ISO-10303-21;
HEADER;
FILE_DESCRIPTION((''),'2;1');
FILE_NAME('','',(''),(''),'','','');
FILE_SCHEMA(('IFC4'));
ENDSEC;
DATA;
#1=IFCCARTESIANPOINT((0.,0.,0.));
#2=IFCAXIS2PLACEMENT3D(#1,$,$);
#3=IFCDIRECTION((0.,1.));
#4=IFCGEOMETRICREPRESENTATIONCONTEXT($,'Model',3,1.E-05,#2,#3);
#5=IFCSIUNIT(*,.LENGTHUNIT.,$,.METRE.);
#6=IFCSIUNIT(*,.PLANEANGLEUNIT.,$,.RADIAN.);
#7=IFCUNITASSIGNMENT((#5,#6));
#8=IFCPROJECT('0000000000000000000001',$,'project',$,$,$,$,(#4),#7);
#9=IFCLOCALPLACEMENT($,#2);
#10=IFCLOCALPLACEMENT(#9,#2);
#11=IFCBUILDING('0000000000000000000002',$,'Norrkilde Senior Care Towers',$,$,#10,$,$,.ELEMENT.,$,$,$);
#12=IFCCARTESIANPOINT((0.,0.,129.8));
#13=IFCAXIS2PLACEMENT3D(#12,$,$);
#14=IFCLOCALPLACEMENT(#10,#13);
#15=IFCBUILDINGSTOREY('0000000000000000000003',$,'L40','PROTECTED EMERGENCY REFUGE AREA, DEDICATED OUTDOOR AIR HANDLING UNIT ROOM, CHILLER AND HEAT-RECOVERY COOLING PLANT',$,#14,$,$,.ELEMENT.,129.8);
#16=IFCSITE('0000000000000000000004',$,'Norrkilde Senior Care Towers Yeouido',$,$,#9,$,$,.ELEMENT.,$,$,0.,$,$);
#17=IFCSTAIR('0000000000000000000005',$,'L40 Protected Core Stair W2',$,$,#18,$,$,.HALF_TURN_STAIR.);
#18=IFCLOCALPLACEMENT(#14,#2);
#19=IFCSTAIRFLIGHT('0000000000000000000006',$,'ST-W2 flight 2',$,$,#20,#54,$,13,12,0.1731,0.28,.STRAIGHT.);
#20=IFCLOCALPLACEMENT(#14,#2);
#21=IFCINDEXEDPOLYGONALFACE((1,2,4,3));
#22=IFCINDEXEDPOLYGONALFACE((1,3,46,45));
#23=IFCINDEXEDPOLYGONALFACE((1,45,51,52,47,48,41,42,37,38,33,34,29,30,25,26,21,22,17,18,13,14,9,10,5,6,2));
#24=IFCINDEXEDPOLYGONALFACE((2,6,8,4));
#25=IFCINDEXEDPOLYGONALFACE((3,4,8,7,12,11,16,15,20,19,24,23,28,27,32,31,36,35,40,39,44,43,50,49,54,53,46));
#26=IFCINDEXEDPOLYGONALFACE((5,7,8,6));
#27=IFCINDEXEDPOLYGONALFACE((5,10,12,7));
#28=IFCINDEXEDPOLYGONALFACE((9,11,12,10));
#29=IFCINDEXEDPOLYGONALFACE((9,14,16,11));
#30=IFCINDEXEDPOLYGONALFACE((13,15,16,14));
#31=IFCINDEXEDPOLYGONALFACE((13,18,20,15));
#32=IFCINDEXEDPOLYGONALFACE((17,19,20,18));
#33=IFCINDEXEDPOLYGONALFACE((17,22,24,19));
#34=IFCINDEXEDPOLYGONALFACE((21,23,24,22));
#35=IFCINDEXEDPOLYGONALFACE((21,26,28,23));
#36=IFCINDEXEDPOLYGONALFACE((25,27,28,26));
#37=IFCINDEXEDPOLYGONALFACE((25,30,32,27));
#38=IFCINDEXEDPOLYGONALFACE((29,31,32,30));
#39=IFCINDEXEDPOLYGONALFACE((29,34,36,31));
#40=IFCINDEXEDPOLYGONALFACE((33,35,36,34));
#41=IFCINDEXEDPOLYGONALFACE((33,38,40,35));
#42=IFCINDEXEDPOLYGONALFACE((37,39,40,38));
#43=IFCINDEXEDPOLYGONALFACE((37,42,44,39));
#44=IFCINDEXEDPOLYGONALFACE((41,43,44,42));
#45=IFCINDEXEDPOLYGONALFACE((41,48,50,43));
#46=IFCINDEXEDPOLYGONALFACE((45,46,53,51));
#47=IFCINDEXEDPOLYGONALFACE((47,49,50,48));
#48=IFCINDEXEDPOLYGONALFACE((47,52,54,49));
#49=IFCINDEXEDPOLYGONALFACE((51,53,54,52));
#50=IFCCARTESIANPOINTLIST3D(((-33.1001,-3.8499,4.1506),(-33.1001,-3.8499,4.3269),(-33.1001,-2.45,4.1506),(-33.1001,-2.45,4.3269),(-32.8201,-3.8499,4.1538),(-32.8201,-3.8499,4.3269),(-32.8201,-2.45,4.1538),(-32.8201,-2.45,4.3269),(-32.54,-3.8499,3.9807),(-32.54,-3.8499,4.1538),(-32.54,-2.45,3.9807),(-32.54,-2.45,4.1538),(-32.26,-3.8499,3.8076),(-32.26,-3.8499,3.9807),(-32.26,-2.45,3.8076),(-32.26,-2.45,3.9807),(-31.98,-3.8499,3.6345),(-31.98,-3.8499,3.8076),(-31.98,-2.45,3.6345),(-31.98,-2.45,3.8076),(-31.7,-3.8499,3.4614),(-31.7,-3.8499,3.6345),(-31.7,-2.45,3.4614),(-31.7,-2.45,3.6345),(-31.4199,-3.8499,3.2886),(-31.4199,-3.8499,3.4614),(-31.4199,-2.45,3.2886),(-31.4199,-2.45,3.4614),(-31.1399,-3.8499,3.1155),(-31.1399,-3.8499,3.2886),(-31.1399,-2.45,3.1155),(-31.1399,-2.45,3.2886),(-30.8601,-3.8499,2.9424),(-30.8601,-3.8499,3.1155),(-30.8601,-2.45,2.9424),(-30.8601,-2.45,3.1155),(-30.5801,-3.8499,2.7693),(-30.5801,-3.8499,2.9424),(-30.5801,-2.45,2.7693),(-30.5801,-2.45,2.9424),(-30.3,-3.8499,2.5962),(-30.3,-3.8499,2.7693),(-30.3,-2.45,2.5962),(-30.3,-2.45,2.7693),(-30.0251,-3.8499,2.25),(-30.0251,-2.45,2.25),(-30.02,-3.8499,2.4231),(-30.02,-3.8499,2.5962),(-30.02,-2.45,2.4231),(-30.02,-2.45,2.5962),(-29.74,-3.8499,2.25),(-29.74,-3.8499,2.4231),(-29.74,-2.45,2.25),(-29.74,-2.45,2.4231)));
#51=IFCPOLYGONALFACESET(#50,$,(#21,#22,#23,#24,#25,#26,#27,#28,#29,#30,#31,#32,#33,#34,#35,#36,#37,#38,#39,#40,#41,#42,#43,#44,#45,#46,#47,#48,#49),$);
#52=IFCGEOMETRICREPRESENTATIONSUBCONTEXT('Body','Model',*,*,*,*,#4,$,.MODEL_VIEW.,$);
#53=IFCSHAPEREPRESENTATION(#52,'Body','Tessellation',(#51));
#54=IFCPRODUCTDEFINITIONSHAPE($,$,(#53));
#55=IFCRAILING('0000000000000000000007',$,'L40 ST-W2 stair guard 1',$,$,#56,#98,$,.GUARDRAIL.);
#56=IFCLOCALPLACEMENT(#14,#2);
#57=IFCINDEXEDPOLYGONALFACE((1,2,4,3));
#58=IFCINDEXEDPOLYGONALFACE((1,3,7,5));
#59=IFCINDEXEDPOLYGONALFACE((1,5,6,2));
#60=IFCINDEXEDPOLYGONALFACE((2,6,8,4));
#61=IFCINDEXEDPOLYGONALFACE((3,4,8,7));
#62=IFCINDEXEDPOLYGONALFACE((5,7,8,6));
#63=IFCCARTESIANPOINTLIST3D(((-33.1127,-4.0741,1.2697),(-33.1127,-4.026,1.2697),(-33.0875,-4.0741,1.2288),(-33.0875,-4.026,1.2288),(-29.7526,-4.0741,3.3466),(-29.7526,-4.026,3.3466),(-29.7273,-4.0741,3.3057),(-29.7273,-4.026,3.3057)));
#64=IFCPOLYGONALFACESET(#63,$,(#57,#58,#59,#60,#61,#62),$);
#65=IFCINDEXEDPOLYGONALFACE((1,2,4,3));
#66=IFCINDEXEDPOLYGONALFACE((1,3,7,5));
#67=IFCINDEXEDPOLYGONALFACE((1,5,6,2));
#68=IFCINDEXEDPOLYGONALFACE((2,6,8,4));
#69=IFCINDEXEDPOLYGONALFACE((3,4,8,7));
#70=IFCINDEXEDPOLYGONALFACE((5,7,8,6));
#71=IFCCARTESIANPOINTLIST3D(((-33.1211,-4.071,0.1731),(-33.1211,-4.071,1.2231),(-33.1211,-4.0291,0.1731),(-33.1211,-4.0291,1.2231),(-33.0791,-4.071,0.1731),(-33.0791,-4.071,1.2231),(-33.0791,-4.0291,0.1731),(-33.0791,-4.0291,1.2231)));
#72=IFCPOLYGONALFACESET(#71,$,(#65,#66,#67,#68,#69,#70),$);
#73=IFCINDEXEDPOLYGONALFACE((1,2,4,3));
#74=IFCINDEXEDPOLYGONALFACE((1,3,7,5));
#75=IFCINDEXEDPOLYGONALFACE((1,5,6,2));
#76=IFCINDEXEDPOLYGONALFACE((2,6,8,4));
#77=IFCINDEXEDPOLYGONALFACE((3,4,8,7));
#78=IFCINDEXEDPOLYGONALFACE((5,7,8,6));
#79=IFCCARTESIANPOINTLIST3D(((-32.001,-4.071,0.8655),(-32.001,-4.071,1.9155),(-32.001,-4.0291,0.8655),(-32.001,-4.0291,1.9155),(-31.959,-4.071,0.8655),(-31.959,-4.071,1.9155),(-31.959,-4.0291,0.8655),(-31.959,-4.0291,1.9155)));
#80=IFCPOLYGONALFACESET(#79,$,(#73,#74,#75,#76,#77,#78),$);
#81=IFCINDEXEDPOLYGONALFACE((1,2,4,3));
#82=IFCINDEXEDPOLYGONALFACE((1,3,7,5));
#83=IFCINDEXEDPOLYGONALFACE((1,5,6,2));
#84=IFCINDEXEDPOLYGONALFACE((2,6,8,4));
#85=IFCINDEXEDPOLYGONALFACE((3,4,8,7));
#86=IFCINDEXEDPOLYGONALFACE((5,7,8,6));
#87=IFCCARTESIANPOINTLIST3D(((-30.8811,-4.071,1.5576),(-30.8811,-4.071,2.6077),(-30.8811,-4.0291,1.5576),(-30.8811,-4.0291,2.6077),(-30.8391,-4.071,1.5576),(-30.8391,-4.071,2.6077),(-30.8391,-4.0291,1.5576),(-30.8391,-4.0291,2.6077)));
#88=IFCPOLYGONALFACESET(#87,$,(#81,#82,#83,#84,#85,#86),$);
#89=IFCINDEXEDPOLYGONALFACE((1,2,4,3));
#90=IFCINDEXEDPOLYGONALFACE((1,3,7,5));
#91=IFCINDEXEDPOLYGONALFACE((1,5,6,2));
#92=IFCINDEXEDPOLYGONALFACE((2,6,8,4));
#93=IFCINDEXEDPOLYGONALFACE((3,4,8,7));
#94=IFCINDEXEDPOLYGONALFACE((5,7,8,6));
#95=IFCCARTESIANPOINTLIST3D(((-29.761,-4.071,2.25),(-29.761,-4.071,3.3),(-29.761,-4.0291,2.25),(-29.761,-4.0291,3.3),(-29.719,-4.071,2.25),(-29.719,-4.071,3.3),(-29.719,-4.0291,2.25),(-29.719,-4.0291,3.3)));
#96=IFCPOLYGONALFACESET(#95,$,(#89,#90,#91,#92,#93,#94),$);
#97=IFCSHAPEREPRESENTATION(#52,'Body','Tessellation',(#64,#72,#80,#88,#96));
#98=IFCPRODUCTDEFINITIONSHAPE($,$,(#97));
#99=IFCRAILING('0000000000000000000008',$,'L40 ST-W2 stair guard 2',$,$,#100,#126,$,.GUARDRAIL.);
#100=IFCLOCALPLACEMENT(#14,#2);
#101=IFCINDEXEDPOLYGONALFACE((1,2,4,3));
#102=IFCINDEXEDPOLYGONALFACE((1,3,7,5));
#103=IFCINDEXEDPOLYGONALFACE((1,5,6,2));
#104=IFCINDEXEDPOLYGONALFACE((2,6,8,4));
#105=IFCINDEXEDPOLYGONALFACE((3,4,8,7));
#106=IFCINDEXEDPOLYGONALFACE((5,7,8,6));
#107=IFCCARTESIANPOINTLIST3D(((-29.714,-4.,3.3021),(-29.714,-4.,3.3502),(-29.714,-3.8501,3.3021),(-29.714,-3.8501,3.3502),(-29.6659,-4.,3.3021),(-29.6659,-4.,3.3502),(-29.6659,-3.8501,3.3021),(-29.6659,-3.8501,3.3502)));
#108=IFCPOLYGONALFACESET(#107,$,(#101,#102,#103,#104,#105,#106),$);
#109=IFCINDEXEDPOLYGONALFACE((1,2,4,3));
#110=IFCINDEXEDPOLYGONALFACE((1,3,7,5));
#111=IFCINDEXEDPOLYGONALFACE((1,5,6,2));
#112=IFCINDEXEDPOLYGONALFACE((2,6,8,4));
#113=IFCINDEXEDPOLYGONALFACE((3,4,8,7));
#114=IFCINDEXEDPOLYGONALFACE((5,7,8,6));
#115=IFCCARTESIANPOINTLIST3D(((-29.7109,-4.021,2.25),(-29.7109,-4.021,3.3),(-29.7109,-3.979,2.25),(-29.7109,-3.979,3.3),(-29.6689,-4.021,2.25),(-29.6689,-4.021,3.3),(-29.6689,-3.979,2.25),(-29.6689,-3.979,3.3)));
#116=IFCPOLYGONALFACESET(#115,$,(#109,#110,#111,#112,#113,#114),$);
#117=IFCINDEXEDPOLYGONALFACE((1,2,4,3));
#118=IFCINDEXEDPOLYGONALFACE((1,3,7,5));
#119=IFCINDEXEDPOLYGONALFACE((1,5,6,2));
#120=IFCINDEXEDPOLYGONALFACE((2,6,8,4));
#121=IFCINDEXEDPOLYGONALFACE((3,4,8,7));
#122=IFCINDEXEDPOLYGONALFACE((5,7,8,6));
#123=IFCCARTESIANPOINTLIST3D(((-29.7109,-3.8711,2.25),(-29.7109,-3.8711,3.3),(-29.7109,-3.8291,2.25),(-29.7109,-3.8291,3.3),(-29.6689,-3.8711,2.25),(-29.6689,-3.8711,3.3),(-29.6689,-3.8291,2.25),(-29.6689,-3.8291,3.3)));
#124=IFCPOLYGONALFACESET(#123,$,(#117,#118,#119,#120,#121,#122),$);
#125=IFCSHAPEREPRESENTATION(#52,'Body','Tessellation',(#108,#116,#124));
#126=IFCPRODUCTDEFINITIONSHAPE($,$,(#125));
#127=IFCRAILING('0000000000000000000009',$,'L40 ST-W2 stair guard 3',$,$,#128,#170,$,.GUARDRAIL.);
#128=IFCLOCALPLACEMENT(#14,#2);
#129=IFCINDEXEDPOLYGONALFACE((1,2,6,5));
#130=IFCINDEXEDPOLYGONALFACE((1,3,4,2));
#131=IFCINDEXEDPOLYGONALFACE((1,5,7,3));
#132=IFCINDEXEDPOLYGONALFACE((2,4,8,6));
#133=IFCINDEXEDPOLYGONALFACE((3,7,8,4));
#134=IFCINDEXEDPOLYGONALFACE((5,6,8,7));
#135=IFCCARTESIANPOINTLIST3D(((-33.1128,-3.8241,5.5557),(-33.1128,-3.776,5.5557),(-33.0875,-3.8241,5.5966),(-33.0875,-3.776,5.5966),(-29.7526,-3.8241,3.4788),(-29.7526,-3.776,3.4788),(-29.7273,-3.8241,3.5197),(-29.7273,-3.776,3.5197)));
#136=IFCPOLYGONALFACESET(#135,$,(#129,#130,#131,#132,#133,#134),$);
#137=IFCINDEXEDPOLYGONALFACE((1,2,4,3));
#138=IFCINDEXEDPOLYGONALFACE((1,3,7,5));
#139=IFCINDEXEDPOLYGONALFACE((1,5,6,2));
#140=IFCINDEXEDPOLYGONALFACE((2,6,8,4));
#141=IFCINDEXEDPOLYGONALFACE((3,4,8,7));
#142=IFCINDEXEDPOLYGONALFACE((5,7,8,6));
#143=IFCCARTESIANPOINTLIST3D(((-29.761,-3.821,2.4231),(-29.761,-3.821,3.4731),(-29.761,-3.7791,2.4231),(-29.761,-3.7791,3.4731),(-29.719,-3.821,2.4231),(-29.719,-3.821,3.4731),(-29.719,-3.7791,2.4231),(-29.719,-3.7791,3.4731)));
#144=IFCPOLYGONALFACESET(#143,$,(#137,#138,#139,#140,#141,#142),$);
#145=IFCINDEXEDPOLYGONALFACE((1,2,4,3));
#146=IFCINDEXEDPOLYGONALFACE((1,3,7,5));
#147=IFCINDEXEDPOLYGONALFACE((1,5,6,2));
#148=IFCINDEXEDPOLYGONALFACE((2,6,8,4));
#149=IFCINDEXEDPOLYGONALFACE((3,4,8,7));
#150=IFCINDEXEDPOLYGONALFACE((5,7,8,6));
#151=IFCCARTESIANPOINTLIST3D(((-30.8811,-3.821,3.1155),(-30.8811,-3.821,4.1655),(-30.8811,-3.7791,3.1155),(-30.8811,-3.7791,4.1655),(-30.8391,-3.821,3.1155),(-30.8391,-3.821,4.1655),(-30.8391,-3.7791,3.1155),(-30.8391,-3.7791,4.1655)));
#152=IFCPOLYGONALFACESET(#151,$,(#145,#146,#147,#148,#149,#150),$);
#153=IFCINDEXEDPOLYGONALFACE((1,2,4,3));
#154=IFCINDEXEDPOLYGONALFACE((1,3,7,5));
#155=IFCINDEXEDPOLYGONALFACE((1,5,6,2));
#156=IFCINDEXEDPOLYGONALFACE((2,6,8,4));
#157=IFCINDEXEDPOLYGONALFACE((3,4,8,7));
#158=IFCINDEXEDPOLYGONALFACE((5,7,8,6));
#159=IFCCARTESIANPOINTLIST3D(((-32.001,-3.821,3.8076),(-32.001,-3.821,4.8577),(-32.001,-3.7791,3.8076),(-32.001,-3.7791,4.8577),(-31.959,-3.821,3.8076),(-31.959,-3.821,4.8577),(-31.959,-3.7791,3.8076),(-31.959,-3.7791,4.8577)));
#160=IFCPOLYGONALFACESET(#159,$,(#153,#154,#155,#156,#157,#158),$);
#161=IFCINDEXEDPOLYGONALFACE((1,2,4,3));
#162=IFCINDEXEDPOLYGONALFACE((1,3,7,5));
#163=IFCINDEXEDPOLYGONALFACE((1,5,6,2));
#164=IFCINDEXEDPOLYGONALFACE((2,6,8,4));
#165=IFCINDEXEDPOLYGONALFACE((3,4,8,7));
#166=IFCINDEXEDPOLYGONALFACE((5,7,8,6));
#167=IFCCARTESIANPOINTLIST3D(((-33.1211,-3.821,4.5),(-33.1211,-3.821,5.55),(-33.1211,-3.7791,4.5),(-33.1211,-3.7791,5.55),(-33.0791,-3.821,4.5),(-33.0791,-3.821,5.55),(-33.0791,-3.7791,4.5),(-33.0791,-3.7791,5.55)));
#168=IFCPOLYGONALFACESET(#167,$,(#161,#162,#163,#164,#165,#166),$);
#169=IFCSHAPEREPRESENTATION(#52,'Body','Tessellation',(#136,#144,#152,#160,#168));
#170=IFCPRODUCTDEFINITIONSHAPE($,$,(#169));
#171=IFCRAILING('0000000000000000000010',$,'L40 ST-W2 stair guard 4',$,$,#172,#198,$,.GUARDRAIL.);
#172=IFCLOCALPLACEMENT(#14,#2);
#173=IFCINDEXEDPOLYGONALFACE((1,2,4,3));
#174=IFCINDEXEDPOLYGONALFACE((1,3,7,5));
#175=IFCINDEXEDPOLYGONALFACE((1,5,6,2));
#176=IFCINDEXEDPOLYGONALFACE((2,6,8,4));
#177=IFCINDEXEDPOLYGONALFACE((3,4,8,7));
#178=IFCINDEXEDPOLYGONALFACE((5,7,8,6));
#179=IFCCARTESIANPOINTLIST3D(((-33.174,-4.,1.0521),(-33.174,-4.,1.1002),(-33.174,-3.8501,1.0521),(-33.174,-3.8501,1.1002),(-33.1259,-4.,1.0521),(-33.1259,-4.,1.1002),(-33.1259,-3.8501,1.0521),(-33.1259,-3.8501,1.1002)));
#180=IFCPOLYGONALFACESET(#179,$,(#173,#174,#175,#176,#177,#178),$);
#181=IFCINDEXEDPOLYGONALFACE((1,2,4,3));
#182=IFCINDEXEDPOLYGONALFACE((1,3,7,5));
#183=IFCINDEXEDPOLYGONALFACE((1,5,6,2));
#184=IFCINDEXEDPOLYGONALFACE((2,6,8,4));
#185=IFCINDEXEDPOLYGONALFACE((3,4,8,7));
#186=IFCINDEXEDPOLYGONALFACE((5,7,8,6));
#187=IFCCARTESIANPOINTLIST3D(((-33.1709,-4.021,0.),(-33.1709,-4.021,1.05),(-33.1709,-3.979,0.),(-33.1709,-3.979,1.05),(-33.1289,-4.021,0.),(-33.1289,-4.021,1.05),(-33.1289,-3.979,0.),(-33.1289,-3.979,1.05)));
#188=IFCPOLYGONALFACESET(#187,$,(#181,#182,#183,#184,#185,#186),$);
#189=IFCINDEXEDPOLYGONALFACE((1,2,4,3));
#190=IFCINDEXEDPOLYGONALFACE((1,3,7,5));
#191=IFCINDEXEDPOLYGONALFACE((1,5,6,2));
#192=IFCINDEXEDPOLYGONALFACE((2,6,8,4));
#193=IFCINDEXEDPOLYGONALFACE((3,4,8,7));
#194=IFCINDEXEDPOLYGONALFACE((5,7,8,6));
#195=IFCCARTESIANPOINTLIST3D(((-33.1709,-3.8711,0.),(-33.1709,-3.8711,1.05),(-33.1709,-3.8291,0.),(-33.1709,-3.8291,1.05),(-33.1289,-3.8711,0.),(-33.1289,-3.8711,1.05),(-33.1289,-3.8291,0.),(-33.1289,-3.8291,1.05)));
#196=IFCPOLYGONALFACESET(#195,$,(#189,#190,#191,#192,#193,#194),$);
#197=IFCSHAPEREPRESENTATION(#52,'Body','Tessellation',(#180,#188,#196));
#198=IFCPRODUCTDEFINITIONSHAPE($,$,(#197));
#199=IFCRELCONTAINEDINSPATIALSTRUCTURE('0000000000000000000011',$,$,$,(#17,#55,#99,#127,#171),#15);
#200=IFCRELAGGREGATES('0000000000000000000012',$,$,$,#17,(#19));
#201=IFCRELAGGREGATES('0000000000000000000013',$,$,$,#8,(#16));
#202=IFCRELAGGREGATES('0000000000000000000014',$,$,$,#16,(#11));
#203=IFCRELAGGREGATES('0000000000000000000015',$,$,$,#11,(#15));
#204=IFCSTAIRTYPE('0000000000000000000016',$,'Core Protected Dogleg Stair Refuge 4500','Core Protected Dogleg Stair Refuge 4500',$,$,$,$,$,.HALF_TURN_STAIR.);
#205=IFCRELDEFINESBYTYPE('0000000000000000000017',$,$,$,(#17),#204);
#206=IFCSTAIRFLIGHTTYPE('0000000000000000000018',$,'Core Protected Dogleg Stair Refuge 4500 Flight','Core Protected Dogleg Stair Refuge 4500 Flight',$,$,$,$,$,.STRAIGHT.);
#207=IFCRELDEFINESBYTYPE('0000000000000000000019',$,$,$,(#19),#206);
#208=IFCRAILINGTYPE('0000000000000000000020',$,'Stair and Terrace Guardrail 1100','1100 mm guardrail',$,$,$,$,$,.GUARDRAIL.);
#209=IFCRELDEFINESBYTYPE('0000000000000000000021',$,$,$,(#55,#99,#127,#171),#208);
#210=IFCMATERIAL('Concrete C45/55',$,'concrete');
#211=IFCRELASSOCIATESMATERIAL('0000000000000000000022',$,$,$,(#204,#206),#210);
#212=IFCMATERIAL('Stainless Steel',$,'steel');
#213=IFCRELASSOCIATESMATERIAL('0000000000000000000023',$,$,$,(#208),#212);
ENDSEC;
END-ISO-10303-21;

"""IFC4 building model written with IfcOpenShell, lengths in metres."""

from ifc_helpers import new_model, si_unit, direction, frame, origin, origin_2d, place, context, subcontext, project, spatial, polyline, rectangle, outline, extrude, material, type_object, element, aggregate, save


model = new_model("IFC4")

# Units and contexts
model_context = context("Model", 3, precision=1e-05, world=origin(), true_north=direction((0.0, 1.0)))
body_context = subcontext(model_context, "Body", "Model", "MODEL_VIEW")
ifc_project = project(units=[si_unit("LENGTHUNIT", "METRE"), si_unit("PLANEANGLEUNIT", "RADIAN")], contexts=[model_context])

# Site, building, storey
site_placement = place(None, origin())
site = spatial("IfcSite", under=ifc_project, at=site_placement, Name="Norrkilde Senior Care Towers Yeouido", CompositionType="ELEMENT", RefElevation=0.0)
building_placement = place(site_placement, origin())
building = spatial("IfcBuilding", under=site, at=building_placement, Name="Norrkilde Senior Care Towers", CompositionType="ELEMENT")
storey_placement = place(building_placement, frame((0.0, 0.0, 129.8)))
storey = spatial("IfcBuildingStorey", under=building, at=storey_placement, Name="L40", Description="PROTECTED EMERGENCY REFUGE AREA, DEDICATED OUTDOOR AIR HANDLING UNIT ROOM, CHILLER AND HEAT-RECOVERY COOLING PLANT", CompositionType="ELEMENT", Elevation=129.8)

# Shared definitions
ifc_material_1 = material(Name="Concrete C45/55", Category="concrete")

# Stair, stair flight
stair_type = type_object("IfcStairType", Name="Core Protected Dogleg Stair Refuge 4500", Description="Core Protected Dogleg Stair Refuge 4500", PredefinedType="HALF_TURN_STAIR", material=ifc_material_1)
stair_placement = place(storey_placement, origin())
stair = element("IfcStair", 1, at=stair_placement, inside=storey, type_object=stair_type, Name="L40 Protected Core Stair W2", PredefinedType="HALF_TURN_STAIR")
stair_flight_type = type_object("IfcStairFlightType", Name="Core Protected Dogleg Stair Refuge 4500 Flight", Description="Core Protected Dogleg Stair Refuge 4500 Flight", PredefinedType="STRAIGHT", material=ifc_material_1)
stair_flight_1_placement = place(storey_placement, frame((-29.74, -3.1499, 2.25), z_axis=(0.0, 0.0, 1.0), x_axis=(-1.0, 0.0, 0.0)))
stair_flight_1 = element("IfcStairFlight", 2, at=stair_flight_1_placement, type_object=stair_flight_type, Name="ST-W2 flight 2", NumberOfRisers=13, NumberOfTreads=12, PredefinedType="STRAIGHT", RiserHeight=0.1731, TreadLength=0.28, context=body_context, shape_type="SweptSolid", body=[
    extrude(outline(polyline([(0.0, 0.0), (0.0, 0.1731), (0.28, 0.1731), (0.28, 0.3462), (0.5601, 0.3462), (0.5601, 0.5193), (0.8401, 0.5193), (0.8401, 0.6924), (1.1201, 0.6924), (1.1201, 0.8655), (1.3999, 0.8655), (1.3999, 1.0386), (1.6799, 1.0386), (1.6799, 1.2114), (1.96, 1.2114), (1.96, 1.3845), (2.24, 1.3845), (2.24, 1.5576), (2.52, 1.5576), (2.52, 1.7307), (2.8, 1.7307), (2.8, 1.9038), (3.0801, 1.9038), (3.0801, 2.0769), (3.3601, 2.0769), (3.3601, 2.25), (3.3601, 1.9006), (0.2852, 0.0), (0.0, 0.0)])), frame((0.0, 0.7, 0.0), z_axis=(0.0, -1.0, 0.0), x_axis=(1.0, 0.0, 0.0)), (0.0, 0.0, 1.0), 1.3999),
])
aggregate(stair, [stair_flight_1])

# Railings
ifc_material_2 = material(Name="Stainless Steel", Category="steel")
railing_type_1 = type_object("IfcRailingType", Name="Stair and Terrace Guardrail 1100", Description="1100 mm guardrail", PredefinedType="GUARDRAIL", material=ifc_material_2)
railing_1_placement = place(storey_placement, frame((-33.1001, -4.05, 0.1731)))
element("IfcRailing", 3, at=railing_1_placement, inside=storey, type_object=railing_type_1, Name="L40 ST-W2 stair guard 1", PredefinedType="GUARDRAIL", context=body_context, shape_type="SweptSolid", body=[
    extrude(rectangle(XDim=0.0481, YDim=0.0481, at=origin_2d()), frame((0.0, 0.0, 1.0762), z_axis=(0.850623, 0.0, 0.525776), x_axis=(0.0, 1.0, 0.0)), (0.0, 0.0, 1.0), 3.9502),
    extrude(rectangle(XDim=0.042, YDim=0.042, at=origin_2d()), origin(), (0.0, 0.0, 1.0), 1.05),
    extrude(rectangle(XDim=0.042, YDim=0.042, at=origin_2d()), frame((1.1201, 0.0, 0.6924)), (0.0, 0.0, 1.0), 1.05),
    extrude(rectangle(XDim=0.042, YDim=0.042, at=origin_2d()), frame((2.24, 0.0, 1.3845)), (0.0, 0.0, 1.0), 1.05),
    extrude(rectangle(XDim=0.042, YDim=0.042, at=origin_2d()), frame((3.3601, 0.0, 2.0769)), (0.0, 0.0, 1.0), 1.05),
])
railing_2_placement = place(storey_placement, frame((-29.6899, -4.0, 2.25)))
element("IfcRailing", 4, at=railing_2_placement, inside=storey, type_object=railing_type_1, Name="L40 ST-W2 stair guard 2", PredefinedType="GUARDRAIL", context=body_context, shape_type="SweptSolid", body=[
    extrude(rectangle(XDim=0.0481, YDim=0.0481, at=origin_2d()), frame((0.0, 0.0, 1.0762), z_axis=(0.0, 1.0, 0.0), x_axis=(-1.0, 0.0, 0.0)), (0.0, 0.0, 1.0), 0.1499),
    extrude(rectangle(XDim=0.042, YDim=0.042, at=origin_2d()), origin(), (0.0, 0.0, 1.0), 1.05),
    extrude(rectangle(XDim=0.042, YDim=0.042, at=origin_2d()), frame((0.0, 0.1499, 0.0)), (0.0, 0.0, 1.0), 1.05),
])
railing_3_placement = place(storey_placement, frame((-29.74, -3.8, 2.4231)))
element("IfcRailing", 5, at=railing_3_placement, inside=storey, type_object=railing_type_1, Name="L40 ST-W2 stair guard 3", PredefinedType="GUARDRAIL", context=body_context, shape_type="SweptSolid", body=[
    extrude(rectangle(XDim=0.0481, YDim=0.0481, at=origin_2d()), frame((0.0, 0.0, 1.0762), z_axis=(-0.850623, 0.0, 0.525776), x_axis=(0.0, -1.0, 0.0)), (0.0, 0.0, 1.0), 3.9502),
    extrude(rectangle(XDim=0.042, YDim=0.042, at=origin_2d()), origin(), (0.0, 0.0, 1.0), 1.05),
    extrude(rectangle(XDim=0.042, YDim=0.042, at=origin_2d()), frame((-1.1201, 0.0, 0.6924)), (0.0, 0.0, 1.0), 1.05),
    extrude(rectangle(XDim=0.042, YDim=0.042, at=origin_2d()), frame((-2.24, 0.0, 1.3845)), (0.0, 0.0, 1.0), 1.05),
    extrude(rectangle(XDim=0.042, YDim=0.042, at=origin_2d()), frame((-3.3601, 0.0, 2.0769)), (0.0, 0.0, 1.0), 1.05),
])
railing_4_placement = place(storey_placement, frame((-33.1499, -4.0, 0.0)))
element("IfcRailing", 6, at=railing_4_placement, inside=storey, type_object=railing_type_1, Name="L40 ST-W2 stair guard 4", PredefinedType="GUARDRAIL", context=body_context, shape_type="SweptSolid", body=[
    extrude(rectangle(XDim=0.0481, YDim=0.0481, at=origin_2d()), frame((0.0, 0.0, 1.0762), z_axis=(0.0, 1.0, 0.0), x_axis=(-1.0, 0.0, 0.0)), (0.0, 0.0, 1.0), 0.1499),
    extrude(rectangle(XDim=0.042, YDim=0.042, at=origin_2d()), origin(), (0.0, 0.0, 1.0), 1.05),
    extrude(rectangle(XDim=0.042, YDim=0.042, at=origin_2d()), frame((0.0, 0.1499, 0.0)), (0.0, 0.0, 1.0), 1.05),
])

save(model, "model.ifc")
